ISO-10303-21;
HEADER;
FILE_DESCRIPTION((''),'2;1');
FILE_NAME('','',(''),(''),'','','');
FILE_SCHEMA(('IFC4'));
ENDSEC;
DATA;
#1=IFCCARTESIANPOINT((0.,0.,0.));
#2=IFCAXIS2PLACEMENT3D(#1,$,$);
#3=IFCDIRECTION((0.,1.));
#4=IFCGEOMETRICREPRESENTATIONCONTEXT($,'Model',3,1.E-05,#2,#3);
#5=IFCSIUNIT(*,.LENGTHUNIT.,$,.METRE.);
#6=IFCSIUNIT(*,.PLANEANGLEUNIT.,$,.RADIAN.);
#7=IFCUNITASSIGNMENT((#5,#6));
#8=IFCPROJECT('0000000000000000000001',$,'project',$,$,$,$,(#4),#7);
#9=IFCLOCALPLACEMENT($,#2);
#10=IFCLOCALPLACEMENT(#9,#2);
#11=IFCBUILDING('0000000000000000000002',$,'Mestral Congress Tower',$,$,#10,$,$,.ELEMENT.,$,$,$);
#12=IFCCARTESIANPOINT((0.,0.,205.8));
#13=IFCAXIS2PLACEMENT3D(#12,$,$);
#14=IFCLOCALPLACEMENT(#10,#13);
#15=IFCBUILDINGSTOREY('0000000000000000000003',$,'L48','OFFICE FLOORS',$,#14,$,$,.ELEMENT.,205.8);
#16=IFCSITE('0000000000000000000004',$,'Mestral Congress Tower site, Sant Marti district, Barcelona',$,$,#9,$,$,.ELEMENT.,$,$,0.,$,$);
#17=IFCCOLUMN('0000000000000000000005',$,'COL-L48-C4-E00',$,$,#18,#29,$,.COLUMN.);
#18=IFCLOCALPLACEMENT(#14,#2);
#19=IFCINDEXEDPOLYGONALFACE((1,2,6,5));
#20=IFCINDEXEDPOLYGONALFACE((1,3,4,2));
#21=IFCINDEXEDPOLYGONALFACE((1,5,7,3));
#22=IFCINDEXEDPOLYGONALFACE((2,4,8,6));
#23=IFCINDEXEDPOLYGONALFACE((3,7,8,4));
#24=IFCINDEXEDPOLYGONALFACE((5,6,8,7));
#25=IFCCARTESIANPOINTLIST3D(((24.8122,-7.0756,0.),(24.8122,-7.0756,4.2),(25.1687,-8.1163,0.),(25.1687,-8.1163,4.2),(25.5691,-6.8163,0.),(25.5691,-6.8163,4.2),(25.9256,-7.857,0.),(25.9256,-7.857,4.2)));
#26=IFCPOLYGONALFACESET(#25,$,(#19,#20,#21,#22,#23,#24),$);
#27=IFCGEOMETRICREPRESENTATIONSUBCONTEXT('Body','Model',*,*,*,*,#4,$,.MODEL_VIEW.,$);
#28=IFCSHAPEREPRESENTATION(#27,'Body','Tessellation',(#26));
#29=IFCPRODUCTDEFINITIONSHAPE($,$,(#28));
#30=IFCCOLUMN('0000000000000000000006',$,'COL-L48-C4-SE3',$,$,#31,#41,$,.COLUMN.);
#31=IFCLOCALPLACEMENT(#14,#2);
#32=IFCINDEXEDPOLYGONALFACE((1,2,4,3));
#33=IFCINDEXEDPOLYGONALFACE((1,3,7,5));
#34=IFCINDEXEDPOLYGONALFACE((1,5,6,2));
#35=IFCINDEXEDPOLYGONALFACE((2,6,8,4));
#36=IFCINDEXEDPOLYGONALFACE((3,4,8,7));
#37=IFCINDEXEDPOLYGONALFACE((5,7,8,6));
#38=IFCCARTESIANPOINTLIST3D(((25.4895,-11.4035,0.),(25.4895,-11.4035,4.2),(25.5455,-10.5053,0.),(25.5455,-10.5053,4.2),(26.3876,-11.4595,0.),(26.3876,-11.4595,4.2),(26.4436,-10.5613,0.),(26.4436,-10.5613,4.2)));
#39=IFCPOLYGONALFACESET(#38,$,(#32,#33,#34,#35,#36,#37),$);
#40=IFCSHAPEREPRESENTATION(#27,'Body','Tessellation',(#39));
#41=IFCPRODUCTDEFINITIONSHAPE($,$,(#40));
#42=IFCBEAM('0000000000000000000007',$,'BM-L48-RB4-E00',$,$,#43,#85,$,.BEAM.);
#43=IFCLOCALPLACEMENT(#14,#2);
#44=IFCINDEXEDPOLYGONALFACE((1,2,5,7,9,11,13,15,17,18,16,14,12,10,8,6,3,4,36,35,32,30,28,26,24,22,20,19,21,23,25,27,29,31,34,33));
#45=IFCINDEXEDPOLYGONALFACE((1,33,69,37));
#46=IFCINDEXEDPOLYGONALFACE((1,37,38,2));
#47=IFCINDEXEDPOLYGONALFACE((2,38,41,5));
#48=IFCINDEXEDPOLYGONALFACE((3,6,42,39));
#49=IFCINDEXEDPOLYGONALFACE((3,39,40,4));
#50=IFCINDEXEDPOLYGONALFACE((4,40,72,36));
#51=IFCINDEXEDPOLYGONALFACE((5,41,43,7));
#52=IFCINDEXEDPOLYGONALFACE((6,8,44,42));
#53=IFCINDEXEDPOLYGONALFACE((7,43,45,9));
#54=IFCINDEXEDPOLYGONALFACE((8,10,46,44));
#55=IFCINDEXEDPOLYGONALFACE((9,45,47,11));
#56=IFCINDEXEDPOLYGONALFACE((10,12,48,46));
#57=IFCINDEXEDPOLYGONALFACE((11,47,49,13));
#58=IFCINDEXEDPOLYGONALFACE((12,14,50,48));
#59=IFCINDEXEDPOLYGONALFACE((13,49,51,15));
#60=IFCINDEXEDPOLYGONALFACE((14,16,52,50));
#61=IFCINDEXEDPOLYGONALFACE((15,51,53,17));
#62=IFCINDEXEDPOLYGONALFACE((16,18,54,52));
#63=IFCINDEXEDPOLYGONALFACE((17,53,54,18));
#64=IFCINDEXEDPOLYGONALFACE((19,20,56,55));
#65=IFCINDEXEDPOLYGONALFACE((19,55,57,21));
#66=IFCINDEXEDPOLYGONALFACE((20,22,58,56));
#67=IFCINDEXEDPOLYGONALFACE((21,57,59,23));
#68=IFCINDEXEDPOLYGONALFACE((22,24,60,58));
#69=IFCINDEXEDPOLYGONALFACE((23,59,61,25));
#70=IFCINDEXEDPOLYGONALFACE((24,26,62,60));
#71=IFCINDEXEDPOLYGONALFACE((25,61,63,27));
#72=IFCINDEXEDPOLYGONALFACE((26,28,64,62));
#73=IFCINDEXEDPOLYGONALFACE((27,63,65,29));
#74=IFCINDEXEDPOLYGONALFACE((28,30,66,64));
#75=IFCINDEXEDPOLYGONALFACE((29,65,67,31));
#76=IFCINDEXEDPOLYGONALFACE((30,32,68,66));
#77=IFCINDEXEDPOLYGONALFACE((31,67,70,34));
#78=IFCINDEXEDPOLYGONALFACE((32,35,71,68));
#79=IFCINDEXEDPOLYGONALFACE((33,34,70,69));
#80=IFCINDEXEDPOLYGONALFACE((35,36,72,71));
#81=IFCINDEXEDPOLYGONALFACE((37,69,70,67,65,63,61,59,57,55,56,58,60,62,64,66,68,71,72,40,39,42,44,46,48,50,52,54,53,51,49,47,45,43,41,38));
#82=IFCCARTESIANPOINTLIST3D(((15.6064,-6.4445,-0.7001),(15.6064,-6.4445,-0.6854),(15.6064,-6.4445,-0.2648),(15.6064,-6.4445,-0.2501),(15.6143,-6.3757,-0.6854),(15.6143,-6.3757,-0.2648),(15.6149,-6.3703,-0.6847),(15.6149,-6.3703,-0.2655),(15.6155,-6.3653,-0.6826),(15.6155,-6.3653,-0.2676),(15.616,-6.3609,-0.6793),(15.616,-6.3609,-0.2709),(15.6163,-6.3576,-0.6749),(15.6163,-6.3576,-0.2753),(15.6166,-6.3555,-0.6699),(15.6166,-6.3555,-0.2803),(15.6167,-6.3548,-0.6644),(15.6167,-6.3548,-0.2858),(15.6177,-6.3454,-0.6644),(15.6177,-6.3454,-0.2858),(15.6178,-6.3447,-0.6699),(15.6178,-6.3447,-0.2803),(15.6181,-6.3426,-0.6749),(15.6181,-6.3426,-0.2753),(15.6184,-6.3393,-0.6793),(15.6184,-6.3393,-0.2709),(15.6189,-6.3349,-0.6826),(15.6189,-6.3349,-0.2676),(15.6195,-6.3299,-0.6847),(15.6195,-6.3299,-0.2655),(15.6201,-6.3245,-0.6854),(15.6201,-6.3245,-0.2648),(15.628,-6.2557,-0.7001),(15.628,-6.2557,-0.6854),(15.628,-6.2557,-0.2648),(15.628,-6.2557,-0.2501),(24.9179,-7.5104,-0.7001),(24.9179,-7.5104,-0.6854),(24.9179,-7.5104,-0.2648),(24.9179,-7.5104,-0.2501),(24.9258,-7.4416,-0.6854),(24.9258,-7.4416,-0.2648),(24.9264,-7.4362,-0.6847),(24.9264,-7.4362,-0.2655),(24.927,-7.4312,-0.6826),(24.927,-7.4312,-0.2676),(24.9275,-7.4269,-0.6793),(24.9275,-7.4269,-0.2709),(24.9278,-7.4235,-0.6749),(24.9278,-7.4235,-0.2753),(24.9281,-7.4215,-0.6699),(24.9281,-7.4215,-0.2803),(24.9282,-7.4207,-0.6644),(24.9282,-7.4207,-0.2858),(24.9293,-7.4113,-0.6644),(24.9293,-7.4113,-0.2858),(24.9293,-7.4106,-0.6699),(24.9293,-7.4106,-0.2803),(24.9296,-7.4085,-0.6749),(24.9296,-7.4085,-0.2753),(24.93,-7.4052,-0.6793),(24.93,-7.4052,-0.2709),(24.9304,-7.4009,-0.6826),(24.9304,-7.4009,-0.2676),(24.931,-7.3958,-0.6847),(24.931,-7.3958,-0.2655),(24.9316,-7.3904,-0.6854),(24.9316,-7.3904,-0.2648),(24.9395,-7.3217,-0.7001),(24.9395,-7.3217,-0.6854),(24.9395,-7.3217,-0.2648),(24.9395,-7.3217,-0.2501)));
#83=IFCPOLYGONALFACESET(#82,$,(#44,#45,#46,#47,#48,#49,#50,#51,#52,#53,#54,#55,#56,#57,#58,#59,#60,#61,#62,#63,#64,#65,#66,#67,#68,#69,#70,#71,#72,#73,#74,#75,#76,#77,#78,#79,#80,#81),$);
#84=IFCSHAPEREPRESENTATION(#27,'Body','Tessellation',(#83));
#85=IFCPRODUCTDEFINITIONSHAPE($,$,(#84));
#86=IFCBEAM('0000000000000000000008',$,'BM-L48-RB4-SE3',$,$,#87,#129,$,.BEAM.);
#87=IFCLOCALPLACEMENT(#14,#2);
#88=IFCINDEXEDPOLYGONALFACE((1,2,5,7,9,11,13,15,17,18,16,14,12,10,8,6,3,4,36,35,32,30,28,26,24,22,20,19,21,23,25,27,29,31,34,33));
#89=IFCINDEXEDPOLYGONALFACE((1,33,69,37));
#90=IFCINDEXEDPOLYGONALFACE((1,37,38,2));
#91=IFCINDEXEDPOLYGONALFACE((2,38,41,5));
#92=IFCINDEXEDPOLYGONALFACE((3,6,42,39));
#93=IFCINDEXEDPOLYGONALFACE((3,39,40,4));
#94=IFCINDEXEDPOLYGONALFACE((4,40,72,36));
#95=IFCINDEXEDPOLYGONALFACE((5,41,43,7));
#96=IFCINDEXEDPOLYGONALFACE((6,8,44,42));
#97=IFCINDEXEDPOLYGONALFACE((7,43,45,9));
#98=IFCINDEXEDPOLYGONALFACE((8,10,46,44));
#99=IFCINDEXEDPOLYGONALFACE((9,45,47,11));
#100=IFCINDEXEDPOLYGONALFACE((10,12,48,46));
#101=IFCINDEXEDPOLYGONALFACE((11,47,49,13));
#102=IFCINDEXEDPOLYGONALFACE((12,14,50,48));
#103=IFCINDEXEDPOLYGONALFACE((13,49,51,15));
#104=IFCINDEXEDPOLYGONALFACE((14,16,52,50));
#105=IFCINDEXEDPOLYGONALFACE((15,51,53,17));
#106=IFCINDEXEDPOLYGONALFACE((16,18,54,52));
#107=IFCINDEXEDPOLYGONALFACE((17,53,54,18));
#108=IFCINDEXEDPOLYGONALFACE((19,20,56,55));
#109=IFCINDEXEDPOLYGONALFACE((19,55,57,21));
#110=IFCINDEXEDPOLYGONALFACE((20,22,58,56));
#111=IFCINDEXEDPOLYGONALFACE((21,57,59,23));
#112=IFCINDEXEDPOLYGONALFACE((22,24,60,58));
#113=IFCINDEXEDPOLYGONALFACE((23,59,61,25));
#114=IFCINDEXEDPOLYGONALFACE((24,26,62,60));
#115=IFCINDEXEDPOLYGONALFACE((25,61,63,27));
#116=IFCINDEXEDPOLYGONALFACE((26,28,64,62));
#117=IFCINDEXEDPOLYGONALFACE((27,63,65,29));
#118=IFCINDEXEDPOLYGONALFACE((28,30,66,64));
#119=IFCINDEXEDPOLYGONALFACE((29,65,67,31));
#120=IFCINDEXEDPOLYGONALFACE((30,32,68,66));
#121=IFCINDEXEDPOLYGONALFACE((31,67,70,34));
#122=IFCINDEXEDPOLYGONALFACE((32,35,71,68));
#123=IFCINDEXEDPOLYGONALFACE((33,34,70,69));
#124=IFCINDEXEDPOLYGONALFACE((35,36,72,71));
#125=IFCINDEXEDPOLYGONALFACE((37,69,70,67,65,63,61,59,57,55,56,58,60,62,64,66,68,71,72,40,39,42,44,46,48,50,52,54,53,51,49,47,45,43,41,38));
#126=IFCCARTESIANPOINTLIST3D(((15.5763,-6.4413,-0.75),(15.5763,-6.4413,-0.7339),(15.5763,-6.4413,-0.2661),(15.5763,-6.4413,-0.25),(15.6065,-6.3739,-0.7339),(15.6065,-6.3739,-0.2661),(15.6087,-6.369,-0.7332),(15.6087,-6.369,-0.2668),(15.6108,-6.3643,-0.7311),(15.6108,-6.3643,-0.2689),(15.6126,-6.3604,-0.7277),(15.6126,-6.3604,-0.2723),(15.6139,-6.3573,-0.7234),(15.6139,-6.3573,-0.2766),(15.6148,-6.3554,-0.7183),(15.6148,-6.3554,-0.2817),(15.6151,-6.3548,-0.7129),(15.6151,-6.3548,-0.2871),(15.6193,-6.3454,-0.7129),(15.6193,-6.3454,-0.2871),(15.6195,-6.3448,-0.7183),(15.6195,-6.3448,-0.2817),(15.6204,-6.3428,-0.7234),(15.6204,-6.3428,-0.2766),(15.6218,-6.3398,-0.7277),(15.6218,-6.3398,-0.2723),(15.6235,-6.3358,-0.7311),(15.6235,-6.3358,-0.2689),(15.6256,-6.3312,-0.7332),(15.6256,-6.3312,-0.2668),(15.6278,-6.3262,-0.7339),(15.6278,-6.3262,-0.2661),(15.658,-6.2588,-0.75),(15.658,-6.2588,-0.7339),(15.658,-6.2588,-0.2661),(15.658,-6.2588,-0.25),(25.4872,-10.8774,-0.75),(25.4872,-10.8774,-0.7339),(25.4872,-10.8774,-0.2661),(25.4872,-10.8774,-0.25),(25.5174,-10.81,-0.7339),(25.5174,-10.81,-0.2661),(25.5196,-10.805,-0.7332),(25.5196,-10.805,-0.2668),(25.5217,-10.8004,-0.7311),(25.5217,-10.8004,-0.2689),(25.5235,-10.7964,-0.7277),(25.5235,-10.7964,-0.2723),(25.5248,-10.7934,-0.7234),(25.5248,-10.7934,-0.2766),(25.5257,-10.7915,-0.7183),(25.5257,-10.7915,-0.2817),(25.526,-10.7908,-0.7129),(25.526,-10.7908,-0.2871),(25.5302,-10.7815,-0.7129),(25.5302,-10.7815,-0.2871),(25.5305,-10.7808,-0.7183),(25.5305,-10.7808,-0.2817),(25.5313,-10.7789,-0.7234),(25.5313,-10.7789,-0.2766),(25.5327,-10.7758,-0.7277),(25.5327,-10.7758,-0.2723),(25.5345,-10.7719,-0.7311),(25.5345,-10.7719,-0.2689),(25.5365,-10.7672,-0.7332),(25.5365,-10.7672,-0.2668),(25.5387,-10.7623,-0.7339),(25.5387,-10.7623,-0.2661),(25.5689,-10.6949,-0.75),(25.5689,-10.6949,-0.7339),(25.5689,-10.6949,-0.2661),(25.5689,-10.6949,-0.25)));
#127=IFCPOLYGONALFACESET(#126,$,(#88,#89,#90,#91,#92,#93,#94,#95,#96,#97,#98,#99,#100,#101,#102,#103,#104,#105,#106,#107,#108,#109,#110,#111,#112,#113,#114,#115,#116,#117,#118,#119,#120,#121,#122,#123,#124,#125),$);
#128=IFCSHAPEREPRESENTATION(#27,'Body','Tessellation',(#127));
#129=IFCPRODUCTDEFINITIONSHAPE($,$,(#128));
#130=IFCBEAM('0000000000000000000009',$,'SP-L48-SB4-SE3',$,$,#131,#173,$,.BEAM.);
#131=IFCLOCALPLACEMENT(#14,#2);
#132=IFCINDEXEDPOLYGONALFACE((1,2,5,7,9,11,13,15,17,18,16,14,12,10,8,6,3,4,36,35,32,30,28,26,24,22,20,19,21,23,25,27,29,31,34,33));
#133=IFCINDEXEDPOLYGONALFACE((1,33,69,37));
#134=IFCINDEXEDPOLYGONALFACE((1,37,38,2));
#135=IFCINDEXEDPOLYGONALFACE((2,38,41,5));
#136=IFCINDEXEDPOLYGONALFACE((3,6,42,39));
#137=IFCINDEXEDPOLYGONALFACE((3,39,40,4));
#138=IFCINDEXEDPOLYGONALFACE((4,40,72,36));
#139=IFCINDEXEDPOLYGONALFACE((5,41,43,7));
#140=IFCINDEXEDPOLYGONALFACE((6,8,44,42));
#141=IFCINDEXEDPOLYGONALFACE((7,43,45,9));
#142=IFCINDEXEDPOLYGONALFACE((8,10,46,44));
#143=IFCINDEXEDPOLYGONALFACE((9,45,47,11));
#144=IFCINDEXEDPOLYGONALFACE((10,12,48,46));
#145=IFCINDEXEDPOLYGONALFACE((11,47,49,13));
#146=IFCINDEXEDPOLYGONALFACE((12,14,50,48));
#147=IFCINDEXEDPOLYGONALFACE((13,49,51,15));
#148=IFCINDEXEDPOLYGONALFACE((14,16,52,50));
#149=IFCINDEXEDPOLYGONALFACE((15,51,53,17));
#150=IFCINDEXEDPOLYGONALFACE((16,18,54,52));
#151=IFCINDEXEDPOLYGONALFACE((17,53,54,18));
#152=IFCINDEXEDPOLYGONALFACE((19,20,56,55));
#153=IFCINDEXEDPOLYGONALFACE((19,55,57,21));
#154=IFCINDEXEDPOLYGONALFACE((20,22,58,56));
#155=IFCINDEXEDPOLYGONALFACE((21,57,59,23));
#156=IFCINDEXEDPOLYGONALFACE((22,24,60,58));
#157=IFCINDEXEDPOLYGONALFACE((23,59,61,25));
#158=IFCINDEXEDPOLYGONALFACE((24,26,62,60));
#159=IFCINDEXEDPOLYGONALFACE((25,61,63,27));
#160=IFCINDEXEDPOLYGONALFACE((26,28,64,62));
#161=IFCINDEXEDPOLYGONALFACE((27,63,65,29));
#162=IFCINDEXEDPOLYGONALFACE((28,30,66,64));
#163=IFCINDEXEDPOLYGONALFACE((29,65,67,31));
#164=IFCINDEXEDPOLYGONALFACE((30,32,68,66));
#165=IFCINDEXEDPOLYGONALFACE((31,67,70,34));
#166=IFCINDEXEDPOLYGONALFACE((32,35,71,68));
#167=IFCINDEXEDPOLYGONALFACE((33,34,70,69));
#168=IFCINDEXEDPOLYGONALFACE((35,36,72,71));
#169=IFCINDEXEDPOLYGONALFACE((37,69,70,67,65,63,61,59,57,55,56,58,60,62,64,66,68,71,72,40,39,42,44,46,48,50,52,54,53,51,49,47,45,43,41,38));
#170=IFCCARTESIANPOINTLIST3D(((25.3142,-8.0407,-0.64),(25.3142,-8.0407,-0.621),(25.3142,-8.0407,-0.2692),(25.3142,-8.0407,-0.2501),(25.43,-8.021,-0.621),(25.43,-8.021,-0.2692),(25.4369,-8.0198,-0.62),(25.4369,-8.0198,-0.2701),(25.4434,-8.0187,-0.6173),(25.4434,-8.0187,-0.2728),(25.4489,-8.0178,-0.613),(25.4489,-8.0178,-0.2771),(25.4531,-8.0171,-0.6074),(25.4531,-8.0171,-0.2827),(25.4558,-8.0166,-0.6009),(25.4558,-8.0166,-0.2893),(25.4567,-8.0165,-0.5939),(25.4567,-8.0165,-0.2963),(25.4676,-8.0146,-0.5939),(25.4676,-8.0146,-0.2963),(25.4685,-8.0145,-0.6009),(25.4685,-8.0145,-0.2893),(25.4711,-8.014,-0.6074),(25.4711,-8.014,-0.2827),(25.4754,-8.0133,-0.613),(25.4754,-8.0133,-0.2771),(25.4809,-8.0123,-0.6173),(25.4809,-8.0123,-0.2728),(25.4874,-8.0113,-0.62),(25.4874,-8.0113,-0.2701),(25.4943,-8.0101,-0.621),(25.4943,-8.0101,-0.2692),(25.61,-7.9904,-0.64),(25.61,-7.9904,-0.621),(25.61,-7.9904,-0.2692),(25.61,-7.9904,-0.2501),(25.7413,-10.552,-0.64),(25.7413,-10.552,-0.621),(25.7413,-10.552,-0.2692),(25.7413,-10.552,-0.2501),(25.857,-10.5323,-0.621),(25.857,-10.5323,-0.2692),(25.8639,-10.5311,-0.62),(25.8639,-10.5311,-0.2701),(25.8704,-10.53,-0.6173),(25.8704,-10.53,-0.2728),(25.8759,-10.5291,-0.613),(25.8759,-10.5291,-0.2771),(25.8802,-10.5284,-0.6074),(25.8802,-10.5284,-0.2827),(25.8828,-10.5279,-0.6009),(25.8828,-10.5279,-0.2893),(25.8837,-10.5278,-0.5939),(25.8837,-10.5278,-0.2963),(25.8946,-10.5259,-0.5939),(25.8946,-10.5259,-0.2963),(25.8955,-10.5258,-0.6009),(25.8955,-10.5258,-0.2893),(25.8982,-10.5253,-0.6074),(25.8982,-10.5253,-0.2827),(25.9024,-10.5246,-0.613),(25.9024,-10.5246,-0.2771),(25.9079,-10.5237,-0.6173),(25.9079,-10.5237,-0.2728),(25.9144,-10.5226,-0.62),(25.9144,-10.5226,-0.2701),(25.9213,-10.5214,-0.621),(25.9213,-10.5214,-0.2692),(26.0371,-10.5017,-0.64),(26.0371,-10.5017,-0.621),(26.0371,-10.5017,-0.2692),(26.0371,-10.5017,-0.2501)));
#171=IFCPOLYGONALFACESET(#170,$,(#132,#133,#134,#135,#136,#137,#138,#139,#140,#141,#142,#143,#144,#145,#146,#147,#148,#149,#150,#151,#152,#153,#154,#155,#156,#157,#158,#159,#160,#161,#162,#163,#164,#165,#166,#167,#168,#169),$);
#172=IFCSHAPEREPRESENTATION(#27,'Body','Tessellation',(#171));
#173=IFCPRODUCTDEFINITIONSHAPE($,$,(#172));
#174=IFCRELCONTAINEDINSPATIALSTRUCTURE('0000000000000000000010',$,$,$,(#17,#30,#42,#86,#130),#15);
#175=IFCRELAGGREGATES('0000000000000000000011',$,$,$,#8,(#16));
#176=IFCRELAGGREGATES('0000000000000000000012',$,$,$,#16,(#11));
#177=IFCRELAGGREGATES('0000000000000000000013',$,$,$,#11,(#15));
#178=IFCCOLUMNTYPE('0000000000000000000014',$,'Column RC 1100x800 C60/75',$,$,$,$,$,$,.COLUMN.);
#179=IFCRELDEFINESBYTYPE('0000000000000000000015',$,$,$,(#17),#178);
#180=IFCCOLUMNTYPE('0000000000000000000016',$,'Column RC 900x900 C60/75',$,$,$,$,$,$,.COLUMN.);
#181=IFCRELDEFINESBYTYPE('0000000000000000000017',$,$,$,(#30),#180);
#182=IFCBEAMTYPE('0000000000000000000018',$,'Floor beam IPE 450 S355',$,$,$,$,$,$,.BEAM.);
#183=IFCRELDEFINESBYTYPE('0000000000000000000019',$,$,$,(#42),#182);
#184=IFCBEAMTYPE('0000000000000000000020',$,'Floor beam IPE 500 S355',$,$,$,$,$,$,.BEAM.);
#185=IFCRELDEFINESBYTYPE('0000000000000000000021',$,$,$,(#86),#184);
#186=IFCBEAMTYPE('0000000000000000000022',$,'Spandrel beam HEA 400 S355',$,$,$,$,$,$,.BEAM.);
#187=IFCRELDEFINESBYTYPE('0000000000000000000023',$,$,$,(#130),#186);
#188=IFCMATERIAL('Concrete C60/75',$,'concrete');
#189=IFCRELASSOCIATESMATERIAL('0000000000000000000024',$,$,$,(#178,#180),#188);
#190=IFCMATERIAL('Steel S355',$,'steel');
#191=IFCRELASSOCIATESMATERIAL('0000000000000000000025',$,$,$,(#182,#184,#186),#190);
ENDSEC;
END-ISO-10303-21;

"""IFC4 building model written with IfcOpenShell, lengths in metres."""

from ifc_helpers import new_model, si_unit, direction, frame, origin, origin_2d, place, context, subcontext, project, spatial, rectangle, i_section, extrude, material, material_profile, profile_set, type_object, element, save


model = new_model("IFC4")

# Units and contexts
model_context = context("Model", 3, precision=1e-05, world=origin(), true_north=direction((0.0, 1.0)))
body_context = subcontext(model_context, "Body", "Model", "MODEL_VIEW")
ifc_project = project(units=[si_unit("LENGTHUNIT", "METRE"), si_unit("PLANEANGLEUNIT", "RADIAN")], contexts=[model_context])

# Site, building, storey
site_placement = place(None, origin())
site = spatial("IfcSite", under=ifc_project, at=site_placement, Name="Mestral Congress Tower site, Sant Marti district, Barcelona", CompositionType="ELEMENT", RefElevation=0.0)
building_placement = place(site_placement, origin())
building = spatial("IfcBuilding", under=site, at=building_placement, Name="Mestral Congress Tower", CompositionType="ELEMENT")
storey_placement = place(building_placement, frame((0.0, 0.0, 205.8)))
storey = spatial("IfcBuildingStorey", under=building, at=storey_placement, Name="L48", Description="OFFICE FLOORS", CompositionType="ELEMENT", Elevation=205.8)

# Columns
ifc_material_1 = material(Name="Concrete C60/75", Category="concrete")
ifc_material_profile_1 = material_profile(ifc_material_1, rectangle(XDim=1.1001, YDim=0.8, at=origin_2d()), Name="RC 1100x800")
ifc_profile_set_1 = profile_set([ifc_material_profile_1], Name="Concrete C60/75")
column_type_1 = type_object("IfcColumnType", Name="Column RC 1100x800 C60/75", PredefinedType="COLUMN", material=ifc_profile_set_1)
column_1_placement = place(storey_placement, frame((25.3689, -7.4663, 0.0), z_axis=(0.0, 0.0, 1.0), x_axis=(-0.324074, 0.946032, 0.0)))
element("IfcColumn", 1, at=column_1_placement, inside=storey, type_object=column_type_1, Name="COL-L48-C4-E00", PredefinedType="COLUMN", context=body_context, shape_type="SweptSolid", body=[
    extrude(rectangle(XDim=1.1001, YDim=0.8, at=origin_2d()), origin(), (0.0, 0.0, 1.0), 4.2),
])
ifc_material_profile_2 = material_profile(ifc_material_1, rectangle(XDim=0.8999, YDim=0.8999, at=origin_2d()), Name="RC 900x900")
ifc_profile_set_2 = profile_set([ifc_material_profile_2], Name="Concrete C60/75")
column_type_2 = type_object("IfcColumnType", Name="Column RC 900x900 C60/75", PredefinedType="COLUMN", material=ifc_profile_set_2)
column_2_placement = place(storey_placement, frame((25.9666, -10.9824, 0.0), z_axis=(0.0, 0.0, 1.0), x_axis=(0.062217, 0.998063, 0.0)))
element("IfcColumn", 2, at=column_2_placement, inside=storey, type_object=column_type_2, Name="COL-L48-C4-SE3", PredefinedType="COLUMN", context=body_context, shape_type="SweptSolid", body=[
    extrude(rectangle(XDim=0.8999, YDim=0.8999, at=origin_2d()), origin(), (0.0, 0.0, 1.0), 4.2),
])

# Beams
ifc_material_2 = material(Name="Steel S355", Category="steel")
ifc_material_profile_3 = material_profile(ifc_material_2, i_section(OverallWidth=0.1899, OverallDepth=0.45, WebThickness=0.0095, FlangeThickness=0.0146, FilletRadius=0.021, at=origin_2d()), Name="IPE 450")
ifc_profile_set_3 = profile_set([ifc_material_profile_3], Name="Steel S355")
beam_type_1 = type_object("IfcBeamType", Name="Floor beam IPE 450 S355", PredefinedType="BEAM", material=ifc_profile_set_3)
beam_1_placement = place(storey_placement, frame((24.9287, -7.416, -0.4751), z_axis=(-0.993512, 0.11373, 0.0), x_axis=(-0.11373, -0.993512, 0.0)))
element("IfcBeam", 3, at=beam_1_placement, inside=storey, type_object=beam_type_1, Name="BM-L48-RB4-E00", PredefinedType="BEAM", context=body_context, shape_type="SweptSolid", body=[
    extrude(i_section(OverallWidth=0.1899, OverallDepth=0.45, WebThickness=0.0095, FlangeThickness=0.0146, FilletRadius=0.021, at=origin_2d()), origin(), (0.0, 0.0, 1.0), 9.3723),
])
ifc_material_profile_4 = material_profile(ifc_material_2, i_section(OverallWidth=0.2, OverallDepth=0.5, WebThickness=0.0103, FlangeThickness=0.0161, FilletRadius=0.021, at=origin_2d()), Name="IPE 500")
ifc_profile_set_4 = profile_set([ifc_material_profile_4], Name="Steel S355")
beam_type_2 = type_object("IfcBeamType", Name="Floor beam IPE 500 S355", PredefinedType="BEAM", material=ifc_profile_set_4)
beam_2_placement = place(storey_placement, frame((25.5281, -10.7861, -0.5), z_axis=(-0.912742, 0.408536, 0.0), x_axis=(-0.408536, -0.912742, 0.0)))
element("IfcBeam", 4, at=beam_2_placement, inside=storey, type_object=beam_type_2, Name="BM-L48-RB4-SE3", PredefinedType="BEAM", context=body_context, shape_type="SweptSolid", body=[
    extrude(i_section(OverallWidth=0.2, OverallDepth=0.5, WebThickness=0.0103, FlangeThickness=0.0161, FilletRadius=0.021, at=origin_2d()), origin(), (0.0, 0.0, 1.0), 10.8584),
])
ifc_material_profile_5 = material_profile(ifc_material_2, i_section(OverallWidth=0.3, OverallDepth=0.3899, WebThickness=0.011, FlangeThickness=0.019, FilletRadius=0.0271, at=origin_2d()), Name="HEA 400")
ifc_profile_set_5 = profile_set([ifc_material_profile_5], Name="Steel S355")
beam_type_3 = type_object("IfcBeamType", Name="Spandrel beam HEA 400 S355", PredefinedType="BEAM", material=ifc_profile_set_5)
beam_3_placement = place(storey_placement, frame((25.8892, -10.5269, -0.4451), z_axis=(-0.167631, 0.98585, 0.0), x_axis=(-0.98585, -0.167631, 0.0)))
element("IfcBeam", 5, at=beam_3_placement, inside=storey, type_object=beam_type_3, Name="SP-L48-SB4-SE3", PredefinedType="BEAM", context=body_context, shape_type="SweptSolid", body=[
    extrude(i_section(OverallWidth=0.3, OverallDepth=0.3899, WebThickness=0.011, FlangeThickness=0.019, FilletRadius=0.0271, at=origin_2d()), origin(), (0.0, 0.0, 1.0), 2.5474),
])

save(model, "model.ifc")
